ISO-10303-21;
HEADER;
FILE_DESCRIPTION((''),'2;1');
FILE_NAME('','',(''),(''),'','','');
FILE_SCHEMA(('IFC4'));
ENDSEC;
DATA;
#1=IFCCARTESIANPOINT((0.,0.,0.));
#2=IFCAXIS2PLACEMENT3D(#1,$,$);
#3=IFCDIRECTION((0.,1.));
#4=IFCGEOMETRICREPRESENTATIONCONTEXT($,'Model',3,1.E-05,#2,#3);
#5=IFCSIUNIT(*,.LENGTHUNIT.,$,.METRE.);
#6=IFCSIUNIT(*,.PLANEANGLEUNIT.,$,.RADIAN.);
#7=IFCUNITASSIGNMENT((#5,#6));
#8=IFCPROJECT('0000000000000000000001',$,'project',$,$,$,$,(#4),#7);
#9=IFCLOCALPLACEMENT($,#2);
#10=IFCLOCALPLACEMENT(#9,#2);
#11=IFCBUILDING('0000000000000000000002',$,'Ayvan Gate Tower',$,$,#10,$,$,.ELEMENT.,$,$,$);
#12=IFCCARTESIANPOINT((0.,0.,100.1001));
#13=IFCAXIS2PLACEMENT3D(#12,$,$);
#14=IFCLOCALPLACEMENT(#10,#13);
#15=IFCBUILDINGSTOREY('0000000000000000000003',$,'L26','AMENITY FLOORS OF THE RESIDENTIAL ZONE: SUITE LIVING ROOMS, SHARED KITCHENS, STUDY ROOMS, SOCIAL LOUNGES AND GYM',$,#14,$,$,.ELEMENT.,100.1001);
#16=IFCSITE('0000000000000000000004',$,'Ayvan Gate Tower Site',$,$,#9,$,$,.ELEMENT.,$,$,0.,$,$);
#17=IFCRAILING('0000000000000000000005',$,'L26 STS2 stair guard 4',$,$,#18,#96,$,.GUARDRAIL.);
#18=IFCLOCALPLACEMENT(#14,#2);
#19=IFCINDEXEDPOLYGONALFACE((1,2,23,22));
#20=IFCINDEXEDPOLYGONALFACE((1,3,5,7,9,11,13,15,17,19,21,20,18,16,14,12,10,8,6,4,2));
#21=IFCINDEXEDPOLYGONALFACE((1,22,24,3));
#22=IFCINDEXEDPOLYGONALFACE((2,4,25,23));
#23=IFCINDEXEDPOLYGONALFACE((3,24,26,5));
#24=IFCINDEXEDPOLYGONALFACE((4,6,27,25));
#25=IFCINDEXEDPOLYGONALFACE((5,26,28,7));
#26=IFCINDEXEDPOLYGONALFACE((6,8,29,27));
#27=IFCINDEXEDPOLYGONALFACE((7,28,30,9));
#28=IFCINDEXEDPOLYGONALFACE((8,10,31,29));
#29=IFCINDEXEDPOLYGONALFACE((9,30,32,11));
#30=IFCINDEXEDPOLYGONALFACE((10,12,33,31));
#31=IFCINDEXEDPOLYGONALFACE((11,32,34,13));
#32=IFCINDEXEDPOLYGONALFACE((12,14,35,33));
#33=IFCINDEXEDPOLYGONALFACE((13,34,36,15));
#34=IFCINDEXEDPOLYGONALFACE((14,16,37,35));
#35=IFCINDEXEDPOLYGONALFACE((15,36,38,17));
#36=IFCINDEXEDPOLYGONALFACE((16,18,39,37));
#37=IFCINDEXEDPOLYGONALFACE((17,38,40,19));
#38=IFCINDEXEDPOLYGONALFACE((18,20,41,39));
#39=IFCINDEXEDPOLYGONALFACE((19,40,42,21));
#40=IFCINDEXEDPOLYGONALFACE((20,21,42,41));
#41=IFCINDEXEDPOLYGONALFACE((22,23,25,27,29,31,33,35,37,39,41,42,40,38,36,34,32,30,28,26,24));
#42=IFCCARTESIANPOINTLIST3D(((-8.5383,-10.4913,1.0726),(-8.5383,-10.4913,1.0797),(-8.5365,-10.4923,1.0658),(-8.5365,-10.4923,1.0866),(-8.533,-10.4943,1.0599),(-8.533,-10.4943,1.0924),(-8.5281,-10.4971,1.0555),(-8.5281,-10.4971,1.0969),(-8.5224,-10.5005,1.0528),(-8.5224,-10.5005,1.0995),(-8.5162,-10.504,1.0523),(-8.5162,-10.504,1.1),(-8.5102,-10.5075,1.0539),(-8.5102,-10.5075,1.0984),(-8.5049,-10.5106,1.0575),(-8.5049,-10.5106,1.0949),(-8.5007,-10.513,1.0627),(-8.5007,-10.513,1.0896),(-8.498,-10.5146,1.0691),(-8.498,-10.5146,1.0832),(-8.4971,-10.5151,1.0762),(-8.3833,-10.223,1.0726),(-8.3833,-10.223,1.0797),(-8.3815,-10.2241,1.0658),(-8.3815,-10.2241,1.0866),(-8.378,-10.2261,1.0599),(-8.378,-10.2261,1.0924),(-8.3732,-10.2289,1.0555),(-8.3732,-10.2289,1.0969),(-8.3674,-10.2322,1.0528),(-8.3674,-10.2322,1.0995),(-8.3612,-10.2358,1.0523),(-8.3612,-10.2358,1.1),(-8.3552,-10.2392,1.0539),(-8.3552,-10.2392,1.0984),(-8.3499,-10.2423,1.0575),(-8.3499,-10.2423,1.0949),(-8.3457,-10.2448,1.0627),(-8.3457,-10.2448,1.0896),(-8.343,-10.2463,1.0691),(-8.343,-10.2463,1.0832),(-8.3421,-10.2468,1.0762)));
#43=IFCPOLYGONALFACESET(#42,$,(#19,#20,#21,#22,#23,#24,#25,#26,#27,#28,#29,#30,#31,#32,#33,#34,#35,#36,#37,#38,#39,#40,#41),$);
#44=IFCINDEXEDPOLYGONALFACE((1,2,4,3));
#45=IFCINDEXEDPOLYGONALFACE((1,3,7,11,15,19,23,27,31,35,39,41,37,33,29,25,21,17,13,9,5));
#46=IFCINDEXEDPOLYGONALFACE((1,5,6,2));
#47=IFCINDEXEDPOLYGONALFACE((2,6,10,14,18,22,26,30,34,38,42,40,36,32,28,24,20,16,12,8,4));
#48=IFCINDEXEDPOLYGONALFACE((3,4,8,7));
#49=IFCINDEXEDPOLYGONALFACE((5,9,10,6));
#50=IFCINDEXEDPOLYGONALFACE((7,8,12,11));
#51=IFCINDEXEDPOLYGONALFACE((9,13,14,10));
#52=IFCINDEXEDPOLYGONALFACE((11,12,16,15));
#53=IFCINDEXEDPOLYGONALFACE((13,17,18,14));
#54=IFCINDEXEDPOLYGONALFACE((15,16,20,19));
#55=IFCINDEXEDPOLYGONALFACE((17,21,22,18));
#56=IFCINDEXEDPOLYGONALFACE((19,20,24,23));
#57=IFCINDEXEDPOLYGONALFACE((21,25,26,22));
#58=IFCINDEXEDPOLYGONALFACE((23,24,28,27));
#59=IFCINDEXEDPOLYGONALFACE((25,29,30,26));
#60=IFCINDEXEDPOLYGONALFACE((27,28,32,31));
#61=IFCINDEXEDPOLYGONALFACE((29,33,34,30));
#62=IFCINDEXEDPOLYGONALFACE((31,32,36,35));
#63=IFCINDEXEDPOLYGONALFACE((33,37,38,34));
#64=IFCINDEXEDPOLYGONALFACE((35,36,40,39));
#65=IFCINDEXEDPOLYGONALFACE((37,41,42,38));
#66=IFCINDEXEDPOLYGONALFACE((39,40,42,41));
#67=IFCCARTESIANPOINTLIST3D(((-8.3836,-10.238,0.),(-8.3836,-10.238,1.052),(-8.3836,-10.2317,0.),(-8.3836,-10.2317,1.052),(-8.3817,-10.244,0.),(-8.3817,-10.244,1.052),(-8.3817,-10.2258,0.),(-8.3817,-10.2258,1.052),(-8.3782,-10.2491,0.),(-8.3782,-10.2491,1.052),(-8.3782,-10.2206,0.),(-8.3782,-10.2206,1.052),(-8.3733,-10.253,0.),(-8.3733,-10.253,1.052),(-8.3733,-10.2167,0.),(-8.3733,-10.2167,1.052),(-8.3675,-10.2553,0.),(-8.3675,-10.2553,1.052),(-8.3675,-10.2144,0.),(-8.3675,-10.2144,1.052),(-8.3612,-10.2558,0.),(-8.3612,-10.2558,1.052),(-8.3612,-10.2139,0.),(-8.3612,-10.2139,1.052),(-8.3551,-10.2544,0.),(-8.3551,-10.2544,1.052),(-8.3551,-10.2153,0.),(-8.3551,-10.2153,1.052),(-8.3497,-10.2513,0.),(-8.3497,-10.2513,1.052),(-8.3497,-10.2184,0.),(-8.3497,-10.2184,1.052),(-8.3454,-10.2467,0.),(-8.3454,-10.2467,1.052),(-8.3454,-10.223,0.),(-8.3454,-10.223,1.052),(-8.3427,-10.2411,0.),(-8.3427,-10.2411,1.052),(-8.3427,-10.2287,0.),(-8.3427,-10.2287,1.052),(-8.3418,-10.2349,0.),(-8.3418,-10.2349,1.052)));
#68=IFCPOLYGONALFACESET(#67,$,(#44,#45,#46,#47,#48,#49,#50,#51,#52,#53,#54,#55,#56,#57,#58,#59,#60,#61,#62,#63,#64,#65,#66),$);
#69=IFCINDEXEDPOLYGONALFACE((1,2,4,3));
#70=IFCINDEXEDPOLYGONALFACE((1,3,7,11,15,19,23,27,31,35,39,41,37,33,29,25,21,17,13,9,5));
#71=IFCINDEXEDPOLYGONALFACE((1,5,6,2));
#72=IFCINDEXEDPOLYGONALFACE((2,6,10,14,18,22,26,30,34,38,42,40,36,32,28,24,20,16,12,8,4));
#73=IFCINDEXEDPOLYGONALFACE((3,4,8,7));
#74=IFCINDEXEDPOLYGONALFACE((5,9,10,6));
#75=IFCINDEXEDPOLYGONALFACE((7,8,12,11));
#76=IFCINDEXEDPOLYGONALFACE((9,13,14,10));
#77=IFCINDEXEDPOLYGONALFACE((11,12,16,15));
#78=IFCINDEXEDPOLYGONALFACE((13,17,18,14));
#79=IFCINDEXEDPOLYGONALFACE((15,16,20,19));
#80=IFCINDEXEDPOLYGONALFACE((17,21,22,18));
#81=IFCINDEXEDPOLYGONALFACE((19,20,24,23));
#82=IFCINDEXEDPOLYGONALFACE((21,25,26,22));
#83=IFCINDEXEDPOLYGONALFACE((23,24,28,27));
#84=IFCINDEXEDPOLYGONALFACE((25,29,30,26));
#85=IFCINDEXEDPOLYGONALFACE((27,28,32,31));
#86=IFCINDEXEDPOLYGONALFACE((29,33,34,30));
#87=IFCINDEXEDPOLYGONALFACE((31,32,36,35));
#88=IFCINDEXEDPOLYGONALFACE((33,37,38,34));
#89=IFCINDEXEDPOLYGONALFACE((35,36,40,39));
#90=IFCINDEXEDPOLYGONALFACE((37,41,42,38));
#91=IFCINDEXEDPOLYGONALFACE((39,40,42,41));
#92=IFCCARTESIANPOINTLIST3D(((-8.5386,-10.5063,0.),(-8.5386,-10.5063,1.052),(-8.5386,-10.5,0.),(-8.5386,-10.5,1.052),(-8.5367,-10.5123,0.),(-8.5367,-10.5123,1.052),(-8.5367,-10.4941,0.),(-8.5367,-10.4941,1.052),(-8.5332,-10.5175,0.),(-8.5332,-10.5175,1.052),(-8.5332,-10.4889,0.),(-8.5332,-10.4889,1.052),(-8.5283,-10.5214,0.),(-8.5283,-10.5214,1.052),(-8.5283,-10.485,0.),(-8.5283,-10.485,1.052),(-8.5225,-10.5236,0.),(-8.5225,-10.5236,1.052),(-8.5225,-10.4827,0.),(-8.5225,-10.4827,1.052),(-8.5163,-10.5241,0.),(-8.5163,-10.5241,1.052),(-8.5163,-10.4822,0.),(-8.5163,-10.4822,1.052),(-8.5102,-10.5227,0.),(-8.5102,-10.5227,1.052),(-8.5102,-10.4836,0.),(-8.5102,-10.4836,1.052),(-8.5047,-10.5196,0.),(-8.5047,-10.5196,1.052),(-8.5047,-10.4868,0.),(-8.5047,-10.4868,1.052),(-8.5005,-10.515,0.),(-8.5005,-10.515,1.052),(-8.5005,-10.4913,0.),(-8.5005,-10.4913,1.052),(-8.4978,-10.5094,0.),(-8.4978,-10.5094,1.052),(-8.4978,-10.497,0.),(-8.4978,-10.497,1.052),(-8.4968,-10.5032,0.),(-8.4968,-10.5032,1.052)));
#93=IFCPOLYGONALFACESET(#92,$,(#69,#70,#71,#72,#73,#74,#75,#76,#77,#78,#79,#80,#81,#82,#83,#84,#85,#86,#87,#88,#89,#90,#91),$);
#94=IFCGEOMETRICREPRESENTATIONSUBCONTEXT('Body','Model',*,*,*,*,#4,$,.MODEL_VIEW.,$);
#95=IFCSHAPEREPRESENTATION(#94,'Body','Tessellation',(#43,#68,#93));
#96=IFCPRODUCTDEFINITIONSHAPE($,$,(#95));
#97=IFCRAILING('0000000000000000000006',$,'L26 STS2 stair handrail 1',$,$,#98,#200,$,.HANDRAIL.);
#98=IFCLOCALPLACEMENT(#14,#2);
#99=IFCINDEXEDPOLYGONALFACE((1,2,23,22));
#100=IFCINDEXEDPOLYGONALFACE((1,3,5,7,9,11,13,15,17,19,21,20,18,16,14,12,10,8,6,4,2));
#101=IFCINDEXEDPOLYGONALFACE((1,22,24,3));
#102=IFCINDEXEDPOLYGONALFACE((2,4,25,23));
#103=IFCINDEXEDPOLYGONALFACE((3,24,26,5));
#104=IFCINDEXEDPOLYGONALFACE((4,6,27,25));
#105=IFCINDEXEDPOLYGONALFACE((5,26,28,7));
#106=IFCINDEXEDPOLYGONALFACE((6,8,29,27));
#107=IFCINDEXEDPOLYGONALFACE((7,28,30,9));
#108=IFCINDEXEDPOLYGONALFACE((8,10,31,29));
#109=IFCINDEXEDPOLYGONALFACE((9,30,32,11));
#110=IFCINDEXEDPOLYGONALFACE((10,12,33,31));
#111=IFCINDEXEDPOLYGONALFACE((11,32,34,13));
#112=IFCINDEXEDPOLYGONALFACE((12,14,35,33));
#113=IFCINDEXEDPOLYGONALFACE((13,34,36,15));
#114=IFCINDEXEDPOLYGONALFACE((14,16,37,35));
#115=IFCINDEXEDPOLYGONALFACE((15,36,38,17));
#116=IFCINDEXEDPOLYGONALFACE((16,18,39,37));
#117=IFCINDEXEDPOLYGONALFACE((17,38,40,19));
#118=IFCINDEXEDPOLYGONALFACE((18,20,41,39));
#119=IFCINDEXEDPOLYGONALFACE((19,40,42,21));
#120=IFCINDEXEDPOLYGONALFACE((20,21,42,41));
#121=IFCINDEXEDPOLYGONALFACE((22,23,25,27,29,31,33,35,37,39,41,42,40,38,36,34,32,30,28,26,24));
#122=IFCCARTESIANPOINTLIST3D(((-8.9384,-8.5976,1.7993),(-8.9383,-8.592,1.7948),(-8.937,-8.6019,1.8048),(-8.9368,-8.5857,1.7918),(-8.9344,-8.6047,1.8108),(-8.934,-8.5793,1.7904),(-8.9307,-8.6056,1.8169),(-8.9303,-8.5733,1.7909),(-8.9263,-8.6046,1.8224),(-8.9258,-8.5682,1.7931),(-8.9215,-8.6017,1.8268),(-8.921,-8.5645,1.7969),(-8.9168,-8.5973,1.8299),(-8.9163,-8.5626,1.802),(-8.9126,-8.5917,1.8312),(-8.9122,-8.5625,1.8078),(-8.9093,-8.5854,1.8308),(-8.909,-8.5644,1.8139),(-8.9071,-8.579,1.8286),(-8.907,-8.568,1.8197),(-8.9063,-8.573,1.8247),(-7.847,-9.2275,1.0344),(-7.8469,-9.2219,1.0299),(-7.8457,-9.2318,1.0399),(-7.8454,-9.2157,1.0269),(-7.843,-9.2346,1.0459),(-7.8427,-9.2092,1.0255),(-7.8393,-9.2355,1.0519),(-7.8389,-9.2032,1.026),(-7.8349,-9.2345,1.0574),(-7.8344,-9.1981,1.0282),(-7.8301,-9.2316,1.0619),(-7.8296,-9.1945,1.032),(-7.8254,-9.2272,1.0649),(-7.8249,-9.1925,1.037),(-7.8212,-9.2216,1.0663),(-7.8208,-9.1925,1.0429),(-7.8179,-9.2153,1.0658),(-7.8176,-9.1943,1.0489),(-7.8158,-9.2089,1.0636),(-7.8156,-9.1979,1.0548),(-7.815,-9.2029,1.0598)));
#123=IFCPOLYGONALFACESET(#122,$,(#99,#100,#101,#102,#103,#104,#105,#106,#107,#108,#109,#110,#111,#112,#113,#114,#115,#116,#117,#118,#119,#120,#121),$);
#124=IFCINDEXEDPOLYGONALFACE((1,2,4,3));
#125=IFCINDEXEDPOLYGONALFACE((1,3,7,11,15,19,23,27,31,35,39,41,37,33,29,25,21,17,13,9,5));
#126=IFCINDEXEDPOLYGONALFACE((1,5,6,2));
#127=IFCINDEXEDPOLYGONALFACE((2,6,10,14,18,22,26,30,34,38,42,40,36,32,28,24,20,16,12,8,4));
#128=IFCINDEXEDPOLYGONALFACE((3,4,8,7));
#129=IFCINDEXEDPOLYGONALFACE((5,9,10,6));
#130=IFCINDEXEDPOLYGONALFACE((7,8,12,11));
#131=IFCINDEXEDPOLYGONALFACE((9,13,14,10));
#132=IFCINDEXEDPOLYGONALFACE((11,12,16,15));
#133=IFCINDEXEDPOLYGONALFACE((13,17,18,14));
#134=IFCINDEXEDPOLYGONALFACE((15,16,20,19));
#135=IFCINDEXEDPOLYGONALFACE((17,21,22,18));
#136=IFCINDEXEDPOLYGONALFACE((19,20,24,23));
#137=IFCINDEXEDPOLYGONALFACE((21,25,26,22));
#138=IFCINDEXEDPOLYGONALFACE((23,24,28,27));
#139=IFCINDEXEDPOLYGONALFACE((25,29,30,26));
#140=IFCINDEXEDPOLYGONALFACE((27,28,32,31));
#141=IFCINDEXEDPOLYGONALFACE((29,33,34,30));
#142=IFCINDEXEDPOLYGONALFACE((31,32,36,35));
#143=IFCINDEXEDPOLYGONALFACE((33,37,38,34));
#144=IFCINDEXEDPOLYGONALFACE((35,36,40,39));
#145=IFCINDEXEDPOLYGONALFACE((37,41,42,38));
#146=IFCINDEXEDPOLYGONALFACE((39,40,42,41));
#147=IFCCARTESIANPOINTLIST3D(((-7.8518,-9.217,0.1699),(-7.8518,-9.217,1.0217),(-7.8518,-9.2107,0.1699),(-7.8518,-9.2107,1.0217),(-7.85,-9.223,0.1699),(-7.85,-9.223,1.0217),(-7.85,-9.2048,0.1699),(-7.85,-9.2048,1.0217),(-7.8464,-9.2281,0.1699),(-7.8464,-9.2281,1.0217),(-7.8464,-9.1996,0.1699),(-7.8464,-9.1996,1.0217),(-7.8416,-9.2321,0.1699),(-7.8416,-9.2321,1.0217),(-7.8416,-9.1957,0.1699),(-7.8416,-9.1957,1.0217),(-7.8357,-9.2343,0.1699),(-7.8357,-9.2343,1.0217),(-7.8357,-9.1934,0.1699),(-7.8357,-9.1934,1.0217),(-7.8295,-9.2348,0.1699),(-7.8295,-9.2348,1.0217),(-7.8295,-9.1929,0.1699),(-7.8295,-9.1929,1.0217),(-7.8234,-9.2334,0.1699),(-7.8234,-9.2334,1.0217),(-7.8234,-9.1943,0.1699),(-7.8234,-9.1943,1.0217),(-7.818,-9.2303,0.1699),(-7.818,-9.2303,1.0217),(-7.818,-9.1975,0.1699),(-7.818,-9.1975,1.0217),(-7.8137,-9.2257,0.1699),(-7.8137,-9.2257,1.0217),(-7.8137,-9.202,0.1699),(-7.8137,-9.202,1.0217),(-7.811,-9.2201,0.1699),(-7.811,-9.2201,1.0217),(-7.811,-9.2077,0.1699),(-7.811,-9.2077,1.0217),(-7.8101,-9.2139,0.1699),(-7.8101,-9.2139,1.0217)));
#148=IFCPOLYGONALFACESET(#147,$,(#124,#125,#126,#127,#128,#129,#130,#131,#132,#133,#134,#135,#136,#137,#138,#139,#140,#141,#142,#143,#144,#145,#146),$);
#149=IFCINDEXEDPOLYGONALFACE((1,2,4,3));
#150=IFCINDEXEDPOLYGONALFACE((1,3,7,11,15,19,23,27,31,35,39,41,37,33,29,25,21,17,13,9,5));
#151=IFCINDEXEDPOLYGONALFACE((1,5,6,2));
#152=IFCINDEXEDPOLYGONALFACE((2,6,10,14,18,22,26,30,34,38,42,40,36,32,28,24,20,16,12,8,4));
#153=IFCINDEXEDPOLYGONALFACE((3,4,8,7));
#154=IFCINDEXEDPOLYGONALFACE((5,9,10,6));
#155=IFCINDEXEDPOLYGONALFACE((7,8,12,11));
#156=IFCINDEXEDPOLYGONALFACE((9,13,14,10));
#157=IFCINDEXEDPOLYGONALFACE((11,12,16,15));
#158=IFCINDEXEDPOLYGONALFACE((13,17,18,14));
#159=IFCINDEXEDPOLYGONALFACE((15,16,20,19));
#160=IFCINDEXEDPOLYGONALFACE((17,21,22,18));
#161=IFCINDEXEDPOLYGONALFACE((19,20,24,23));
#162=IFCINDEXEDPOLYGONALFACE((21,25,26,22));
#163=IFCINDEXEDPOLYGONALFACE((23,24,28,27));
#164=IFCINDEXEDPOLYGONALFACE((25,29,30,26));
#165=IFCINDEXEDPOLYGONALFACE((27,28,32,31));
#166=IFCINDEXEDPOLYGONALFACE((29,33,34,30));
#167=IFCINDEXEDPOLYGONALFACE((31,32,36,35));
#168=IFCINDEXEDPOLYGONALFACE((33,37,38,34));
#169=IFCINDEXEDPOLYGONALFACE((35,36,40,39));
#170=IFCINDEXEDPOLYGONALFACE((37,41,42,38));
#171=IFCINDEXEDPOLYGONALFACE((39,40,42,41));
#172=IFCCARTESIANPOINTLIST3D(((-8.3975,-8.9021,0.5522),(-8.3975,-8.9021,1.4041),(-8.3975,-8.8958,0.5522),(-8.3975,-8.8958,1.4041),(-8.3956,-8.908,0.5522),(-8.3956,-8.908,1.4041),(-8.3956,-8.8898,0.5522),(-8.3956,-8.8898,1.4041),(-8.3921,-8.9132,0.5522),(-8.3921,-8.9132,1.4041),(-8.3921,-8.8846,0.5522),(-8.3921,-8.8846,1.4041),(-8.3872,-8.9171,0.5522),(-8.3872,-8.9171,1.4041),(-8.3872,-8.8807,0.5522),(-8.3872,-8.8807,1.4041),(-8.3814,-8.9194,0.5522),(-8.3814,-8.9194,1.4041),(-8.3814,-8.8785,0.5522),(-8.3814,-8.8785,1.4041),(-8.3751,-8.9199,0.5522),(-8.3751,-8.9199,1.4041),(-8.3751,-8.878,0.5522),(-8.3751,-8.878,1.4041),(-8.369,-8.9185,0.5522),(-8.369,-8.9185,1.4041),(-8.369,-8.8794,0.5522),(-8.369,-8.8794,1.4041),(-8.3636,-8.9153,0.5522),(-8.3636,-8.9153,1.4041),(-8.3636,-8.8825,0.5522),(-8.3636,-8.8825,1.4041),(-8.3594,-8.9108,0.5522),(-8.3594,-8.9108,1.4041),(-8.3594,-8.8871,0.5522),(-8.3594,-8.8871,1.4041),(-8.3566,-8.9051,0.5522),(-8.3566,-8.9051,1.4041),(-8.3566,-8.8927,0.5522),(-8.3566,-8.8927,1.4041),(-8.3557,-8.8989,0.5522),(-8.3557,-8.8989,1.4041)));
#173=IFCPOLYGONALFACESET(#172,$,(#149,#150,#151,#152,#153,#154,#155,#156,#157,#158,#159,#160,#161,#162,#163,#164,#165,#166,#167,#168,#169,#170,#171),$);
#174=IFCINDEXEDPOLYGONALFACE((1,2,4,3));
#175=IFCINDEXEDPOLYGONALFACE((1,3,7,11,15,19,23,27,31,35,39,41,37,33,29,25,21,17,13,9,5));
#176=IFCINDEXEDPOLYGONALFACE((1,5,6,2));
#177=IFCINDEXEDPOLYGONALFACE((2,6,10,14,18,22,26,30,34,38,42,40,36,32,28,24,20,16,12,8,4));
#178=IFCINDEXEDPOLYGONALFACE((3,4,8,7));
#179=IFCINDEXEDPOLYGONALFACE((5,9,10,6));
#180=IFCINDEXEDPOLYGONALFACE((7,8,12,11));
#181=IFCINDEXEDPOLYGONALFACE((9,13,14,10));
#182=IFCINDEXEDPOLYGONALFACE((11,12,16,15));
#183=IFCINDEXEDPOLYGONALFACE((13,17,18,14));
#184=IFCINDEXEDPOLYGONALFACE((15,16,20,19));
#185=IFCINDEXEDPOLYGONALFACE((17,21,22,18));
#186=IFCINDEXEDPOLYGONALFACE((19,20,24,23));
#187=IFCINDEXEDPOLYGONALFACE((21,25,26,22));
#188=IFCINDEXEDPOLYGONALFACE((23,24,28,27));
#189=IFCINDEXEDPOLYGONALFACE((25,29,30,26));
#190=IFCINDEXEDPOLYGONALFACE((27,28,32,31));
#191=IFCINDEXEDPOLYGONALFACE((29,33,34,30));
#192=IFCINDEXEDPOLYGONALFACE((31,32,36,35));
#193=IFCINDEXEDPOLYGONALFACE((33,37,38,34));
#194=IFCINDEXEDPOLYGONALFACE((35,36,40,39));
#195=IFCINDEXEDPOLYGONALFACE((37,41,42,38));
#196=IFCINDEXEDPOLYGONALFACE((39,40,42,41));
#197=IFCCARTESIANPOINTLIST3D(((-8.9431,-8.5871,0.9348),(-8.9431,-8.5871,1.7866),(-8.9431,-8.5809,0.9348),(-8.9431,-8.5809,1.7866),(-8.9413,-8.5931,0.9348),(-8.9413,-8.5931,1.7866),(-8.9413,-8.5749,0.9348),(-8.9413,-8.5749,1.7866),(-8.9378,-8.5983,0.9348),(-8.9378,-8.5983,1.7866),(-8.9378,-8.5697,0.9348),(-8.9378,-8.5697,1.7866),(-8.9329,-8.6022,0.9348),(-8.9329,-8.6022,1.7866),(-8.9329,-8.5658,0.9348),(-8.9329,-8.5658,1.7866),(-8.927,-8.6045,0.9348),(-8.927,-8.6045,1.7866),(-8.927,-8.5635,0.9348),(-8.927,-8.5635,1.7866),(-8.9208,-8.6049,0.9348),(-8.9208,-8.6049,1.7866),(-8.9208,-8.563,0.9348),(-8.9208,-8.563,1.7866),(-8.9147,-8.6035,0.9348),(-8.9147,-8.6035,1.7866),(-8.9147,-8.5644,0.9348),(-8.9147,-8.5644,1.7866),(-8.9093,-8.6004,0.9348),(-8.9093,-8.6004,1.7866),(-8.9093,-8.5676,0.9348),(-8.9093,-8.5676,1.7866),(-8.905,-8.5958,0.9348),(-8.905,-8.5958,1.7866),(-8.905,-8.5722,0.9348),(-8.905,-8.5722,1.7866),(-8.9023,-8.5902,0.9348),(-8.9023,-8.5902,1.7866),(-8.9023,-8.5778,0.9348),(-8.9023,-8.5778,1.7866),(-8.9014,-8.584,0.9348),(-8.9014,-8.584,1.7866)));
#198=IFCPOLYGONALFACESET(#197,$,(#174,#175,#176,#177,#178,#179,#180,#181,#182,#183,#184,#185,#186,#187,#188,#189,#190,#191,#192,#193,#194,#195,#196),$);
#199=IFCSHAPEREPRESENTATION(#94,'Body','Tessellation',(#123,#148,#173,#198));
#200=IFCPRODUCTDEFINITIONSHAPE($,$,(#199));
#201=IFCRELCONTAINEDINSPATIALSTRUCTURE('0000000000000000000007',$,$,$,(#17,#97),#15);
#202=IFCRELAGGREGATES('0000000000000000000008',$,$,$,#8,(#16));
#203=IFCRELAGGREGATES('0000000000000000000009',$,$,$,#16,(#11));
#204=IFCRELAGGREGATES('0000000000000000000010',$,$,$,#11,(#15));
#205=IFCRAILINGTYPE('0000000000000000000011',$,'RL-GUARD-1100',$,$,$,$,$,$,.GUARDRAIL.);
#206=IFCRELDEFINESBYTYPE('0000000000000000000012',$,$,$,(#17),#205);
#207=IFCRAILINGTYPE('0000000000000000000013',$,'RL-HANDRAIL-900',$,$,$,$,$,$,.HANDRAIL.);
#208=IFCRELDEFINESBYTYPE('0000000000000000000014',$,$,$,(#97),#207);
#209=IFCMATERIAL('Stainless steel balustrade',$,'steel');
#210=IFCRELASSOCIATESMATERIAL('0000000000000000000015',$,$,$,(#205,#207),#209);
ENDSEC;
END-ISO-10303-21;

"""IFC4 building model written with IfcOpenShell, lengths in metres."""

from ifc_helpers import new_model, si_unit, direction, frame, origin, origin_2d, place, context, subcontext, project, spatial, circle, extrude, material, type_object, element, save


model = new_model("IFC4")

# Units and contexts
model_context = context("Model", 3, precision=1e-05, world=origin(), true_north=direction((0.0, 1.0)))
body_context = subcontext(model_context, "Body", "Model", "MODEL_VIEW")
ifc_project = project(units=[si_unit("LENGTHUNIT", "METRE"), si_unit("PLANEANGLEUNIT", "RADIAN")], contexts=[model_context])

# Site, building, storey
site_placement = place(None, origin())
site = spatial("IfcSite", under=ifc_project, at=site_placement, Name="Ayvan Gate Tower Site", CompositionType="ELEMENT", RefElevation=0.0)
building_placement = place(site_placement, origin())
building = spatial("IfcBuilding", under=site, at=building_placement, Name="Ayvan Gate Tower", CompositionType="ELEMENT")
storey_placement = place(building_placement, frame((0.0, 0.0, 100.1001)))
storey = spatial("IfcBuildingStorey", under=building, at=storey_placement, Name="L26", Description="AMENITY FLOORS OF THE RESIDENTIAL ZONE: SUITE LIVING ROOMS, SHARED KITCHENS, STUDY ROOMS, SOCIAL LOUNGES AND GYM", CompositionType="ELEMENT", Elevation=100.1001)

# Railings
ifc_material_1 = material(Name="Stainless steel balustrade", Category="steel")
railing_type_1 = type_object("IfcRailingType", Name="RL-GUARD-1100", PredefinedType="GUARDRAIL", material=ifc_material_1)
railing_1_placement = place(storey_placement, frame((-8.3628, -10.2349, 0.0)))
element("IfcRailing", 1, at=railing_1_placement, inside=storey, type_object=railing_type_1, Name="L26 STS2 stair guard 4", PredefinedType="GUARDRAIL", context=body_context, shape_type="SweptSolid", body=[
    extrude(circle(Radius=0.0239, at=origin_2d()), frame((0.0, 0.0, 1.0762), z_axis=(-0.500291, -0.865857, 0.0), x_axis=(0.865857, -0.500291, 0.0)), (0.0, 0.0, 1.0), 0.3098),
    extrude(circle(Radius=0.021, at=origin_2d()), origin(), (0.0, 0.0, 1.0), 1.052),
    extrude(circle(Radius=0.021, at=origin_2d()), frame((-0.155, -0.2683, 0.0)), (0.0, 0.0, 1.0), 1.052),
])
railing_type_2 = type_object("IfcRailingType", Name="RL-HANDRAIL-900", PredefinedType="HANDRAIL", material=ifc_material_1)
railing_2_placement = place(storey_placement, frame((-7.8311, -9.2139, 0.1699)))
element("IfcRailing", 2, at=railing_2_placement, inside=storey, type_object=railing_type_2, Name="L26 STS2 stair handrail 1", PredefinedType="HANDRAIL", context=body_context, shape_type="SweptSolid", body=[
    extrude(circle(Radius=0.0239, at=origin_2d()), frame((0.0, 0.0, 0.876), z_axis=(-0.740357, 0.42732, 0.518912), x_axis=(-0.49989, -0.866089, 0.0)), (0.0, 0.0, 1.0), 1.4741),
    extrude(circle(Radius=0.021, at=origin_2d()), origin(), (0.0, 0.0, 1.0), 0.8518),
    extrude(circle(Radius=0.021, at=origin_2d()), frame((-0.5457, 0.3149, 0.3823)), (0.0, 0.0, 1.0), 0.8518),
    extrude(circle(Radius=0.021, at=origin_2d()), frame((-1.0913, 0.6299, 0.7649)), (0.0, 0.0, 1.0), 0.8518),
])

save(model, "model.ifc")
